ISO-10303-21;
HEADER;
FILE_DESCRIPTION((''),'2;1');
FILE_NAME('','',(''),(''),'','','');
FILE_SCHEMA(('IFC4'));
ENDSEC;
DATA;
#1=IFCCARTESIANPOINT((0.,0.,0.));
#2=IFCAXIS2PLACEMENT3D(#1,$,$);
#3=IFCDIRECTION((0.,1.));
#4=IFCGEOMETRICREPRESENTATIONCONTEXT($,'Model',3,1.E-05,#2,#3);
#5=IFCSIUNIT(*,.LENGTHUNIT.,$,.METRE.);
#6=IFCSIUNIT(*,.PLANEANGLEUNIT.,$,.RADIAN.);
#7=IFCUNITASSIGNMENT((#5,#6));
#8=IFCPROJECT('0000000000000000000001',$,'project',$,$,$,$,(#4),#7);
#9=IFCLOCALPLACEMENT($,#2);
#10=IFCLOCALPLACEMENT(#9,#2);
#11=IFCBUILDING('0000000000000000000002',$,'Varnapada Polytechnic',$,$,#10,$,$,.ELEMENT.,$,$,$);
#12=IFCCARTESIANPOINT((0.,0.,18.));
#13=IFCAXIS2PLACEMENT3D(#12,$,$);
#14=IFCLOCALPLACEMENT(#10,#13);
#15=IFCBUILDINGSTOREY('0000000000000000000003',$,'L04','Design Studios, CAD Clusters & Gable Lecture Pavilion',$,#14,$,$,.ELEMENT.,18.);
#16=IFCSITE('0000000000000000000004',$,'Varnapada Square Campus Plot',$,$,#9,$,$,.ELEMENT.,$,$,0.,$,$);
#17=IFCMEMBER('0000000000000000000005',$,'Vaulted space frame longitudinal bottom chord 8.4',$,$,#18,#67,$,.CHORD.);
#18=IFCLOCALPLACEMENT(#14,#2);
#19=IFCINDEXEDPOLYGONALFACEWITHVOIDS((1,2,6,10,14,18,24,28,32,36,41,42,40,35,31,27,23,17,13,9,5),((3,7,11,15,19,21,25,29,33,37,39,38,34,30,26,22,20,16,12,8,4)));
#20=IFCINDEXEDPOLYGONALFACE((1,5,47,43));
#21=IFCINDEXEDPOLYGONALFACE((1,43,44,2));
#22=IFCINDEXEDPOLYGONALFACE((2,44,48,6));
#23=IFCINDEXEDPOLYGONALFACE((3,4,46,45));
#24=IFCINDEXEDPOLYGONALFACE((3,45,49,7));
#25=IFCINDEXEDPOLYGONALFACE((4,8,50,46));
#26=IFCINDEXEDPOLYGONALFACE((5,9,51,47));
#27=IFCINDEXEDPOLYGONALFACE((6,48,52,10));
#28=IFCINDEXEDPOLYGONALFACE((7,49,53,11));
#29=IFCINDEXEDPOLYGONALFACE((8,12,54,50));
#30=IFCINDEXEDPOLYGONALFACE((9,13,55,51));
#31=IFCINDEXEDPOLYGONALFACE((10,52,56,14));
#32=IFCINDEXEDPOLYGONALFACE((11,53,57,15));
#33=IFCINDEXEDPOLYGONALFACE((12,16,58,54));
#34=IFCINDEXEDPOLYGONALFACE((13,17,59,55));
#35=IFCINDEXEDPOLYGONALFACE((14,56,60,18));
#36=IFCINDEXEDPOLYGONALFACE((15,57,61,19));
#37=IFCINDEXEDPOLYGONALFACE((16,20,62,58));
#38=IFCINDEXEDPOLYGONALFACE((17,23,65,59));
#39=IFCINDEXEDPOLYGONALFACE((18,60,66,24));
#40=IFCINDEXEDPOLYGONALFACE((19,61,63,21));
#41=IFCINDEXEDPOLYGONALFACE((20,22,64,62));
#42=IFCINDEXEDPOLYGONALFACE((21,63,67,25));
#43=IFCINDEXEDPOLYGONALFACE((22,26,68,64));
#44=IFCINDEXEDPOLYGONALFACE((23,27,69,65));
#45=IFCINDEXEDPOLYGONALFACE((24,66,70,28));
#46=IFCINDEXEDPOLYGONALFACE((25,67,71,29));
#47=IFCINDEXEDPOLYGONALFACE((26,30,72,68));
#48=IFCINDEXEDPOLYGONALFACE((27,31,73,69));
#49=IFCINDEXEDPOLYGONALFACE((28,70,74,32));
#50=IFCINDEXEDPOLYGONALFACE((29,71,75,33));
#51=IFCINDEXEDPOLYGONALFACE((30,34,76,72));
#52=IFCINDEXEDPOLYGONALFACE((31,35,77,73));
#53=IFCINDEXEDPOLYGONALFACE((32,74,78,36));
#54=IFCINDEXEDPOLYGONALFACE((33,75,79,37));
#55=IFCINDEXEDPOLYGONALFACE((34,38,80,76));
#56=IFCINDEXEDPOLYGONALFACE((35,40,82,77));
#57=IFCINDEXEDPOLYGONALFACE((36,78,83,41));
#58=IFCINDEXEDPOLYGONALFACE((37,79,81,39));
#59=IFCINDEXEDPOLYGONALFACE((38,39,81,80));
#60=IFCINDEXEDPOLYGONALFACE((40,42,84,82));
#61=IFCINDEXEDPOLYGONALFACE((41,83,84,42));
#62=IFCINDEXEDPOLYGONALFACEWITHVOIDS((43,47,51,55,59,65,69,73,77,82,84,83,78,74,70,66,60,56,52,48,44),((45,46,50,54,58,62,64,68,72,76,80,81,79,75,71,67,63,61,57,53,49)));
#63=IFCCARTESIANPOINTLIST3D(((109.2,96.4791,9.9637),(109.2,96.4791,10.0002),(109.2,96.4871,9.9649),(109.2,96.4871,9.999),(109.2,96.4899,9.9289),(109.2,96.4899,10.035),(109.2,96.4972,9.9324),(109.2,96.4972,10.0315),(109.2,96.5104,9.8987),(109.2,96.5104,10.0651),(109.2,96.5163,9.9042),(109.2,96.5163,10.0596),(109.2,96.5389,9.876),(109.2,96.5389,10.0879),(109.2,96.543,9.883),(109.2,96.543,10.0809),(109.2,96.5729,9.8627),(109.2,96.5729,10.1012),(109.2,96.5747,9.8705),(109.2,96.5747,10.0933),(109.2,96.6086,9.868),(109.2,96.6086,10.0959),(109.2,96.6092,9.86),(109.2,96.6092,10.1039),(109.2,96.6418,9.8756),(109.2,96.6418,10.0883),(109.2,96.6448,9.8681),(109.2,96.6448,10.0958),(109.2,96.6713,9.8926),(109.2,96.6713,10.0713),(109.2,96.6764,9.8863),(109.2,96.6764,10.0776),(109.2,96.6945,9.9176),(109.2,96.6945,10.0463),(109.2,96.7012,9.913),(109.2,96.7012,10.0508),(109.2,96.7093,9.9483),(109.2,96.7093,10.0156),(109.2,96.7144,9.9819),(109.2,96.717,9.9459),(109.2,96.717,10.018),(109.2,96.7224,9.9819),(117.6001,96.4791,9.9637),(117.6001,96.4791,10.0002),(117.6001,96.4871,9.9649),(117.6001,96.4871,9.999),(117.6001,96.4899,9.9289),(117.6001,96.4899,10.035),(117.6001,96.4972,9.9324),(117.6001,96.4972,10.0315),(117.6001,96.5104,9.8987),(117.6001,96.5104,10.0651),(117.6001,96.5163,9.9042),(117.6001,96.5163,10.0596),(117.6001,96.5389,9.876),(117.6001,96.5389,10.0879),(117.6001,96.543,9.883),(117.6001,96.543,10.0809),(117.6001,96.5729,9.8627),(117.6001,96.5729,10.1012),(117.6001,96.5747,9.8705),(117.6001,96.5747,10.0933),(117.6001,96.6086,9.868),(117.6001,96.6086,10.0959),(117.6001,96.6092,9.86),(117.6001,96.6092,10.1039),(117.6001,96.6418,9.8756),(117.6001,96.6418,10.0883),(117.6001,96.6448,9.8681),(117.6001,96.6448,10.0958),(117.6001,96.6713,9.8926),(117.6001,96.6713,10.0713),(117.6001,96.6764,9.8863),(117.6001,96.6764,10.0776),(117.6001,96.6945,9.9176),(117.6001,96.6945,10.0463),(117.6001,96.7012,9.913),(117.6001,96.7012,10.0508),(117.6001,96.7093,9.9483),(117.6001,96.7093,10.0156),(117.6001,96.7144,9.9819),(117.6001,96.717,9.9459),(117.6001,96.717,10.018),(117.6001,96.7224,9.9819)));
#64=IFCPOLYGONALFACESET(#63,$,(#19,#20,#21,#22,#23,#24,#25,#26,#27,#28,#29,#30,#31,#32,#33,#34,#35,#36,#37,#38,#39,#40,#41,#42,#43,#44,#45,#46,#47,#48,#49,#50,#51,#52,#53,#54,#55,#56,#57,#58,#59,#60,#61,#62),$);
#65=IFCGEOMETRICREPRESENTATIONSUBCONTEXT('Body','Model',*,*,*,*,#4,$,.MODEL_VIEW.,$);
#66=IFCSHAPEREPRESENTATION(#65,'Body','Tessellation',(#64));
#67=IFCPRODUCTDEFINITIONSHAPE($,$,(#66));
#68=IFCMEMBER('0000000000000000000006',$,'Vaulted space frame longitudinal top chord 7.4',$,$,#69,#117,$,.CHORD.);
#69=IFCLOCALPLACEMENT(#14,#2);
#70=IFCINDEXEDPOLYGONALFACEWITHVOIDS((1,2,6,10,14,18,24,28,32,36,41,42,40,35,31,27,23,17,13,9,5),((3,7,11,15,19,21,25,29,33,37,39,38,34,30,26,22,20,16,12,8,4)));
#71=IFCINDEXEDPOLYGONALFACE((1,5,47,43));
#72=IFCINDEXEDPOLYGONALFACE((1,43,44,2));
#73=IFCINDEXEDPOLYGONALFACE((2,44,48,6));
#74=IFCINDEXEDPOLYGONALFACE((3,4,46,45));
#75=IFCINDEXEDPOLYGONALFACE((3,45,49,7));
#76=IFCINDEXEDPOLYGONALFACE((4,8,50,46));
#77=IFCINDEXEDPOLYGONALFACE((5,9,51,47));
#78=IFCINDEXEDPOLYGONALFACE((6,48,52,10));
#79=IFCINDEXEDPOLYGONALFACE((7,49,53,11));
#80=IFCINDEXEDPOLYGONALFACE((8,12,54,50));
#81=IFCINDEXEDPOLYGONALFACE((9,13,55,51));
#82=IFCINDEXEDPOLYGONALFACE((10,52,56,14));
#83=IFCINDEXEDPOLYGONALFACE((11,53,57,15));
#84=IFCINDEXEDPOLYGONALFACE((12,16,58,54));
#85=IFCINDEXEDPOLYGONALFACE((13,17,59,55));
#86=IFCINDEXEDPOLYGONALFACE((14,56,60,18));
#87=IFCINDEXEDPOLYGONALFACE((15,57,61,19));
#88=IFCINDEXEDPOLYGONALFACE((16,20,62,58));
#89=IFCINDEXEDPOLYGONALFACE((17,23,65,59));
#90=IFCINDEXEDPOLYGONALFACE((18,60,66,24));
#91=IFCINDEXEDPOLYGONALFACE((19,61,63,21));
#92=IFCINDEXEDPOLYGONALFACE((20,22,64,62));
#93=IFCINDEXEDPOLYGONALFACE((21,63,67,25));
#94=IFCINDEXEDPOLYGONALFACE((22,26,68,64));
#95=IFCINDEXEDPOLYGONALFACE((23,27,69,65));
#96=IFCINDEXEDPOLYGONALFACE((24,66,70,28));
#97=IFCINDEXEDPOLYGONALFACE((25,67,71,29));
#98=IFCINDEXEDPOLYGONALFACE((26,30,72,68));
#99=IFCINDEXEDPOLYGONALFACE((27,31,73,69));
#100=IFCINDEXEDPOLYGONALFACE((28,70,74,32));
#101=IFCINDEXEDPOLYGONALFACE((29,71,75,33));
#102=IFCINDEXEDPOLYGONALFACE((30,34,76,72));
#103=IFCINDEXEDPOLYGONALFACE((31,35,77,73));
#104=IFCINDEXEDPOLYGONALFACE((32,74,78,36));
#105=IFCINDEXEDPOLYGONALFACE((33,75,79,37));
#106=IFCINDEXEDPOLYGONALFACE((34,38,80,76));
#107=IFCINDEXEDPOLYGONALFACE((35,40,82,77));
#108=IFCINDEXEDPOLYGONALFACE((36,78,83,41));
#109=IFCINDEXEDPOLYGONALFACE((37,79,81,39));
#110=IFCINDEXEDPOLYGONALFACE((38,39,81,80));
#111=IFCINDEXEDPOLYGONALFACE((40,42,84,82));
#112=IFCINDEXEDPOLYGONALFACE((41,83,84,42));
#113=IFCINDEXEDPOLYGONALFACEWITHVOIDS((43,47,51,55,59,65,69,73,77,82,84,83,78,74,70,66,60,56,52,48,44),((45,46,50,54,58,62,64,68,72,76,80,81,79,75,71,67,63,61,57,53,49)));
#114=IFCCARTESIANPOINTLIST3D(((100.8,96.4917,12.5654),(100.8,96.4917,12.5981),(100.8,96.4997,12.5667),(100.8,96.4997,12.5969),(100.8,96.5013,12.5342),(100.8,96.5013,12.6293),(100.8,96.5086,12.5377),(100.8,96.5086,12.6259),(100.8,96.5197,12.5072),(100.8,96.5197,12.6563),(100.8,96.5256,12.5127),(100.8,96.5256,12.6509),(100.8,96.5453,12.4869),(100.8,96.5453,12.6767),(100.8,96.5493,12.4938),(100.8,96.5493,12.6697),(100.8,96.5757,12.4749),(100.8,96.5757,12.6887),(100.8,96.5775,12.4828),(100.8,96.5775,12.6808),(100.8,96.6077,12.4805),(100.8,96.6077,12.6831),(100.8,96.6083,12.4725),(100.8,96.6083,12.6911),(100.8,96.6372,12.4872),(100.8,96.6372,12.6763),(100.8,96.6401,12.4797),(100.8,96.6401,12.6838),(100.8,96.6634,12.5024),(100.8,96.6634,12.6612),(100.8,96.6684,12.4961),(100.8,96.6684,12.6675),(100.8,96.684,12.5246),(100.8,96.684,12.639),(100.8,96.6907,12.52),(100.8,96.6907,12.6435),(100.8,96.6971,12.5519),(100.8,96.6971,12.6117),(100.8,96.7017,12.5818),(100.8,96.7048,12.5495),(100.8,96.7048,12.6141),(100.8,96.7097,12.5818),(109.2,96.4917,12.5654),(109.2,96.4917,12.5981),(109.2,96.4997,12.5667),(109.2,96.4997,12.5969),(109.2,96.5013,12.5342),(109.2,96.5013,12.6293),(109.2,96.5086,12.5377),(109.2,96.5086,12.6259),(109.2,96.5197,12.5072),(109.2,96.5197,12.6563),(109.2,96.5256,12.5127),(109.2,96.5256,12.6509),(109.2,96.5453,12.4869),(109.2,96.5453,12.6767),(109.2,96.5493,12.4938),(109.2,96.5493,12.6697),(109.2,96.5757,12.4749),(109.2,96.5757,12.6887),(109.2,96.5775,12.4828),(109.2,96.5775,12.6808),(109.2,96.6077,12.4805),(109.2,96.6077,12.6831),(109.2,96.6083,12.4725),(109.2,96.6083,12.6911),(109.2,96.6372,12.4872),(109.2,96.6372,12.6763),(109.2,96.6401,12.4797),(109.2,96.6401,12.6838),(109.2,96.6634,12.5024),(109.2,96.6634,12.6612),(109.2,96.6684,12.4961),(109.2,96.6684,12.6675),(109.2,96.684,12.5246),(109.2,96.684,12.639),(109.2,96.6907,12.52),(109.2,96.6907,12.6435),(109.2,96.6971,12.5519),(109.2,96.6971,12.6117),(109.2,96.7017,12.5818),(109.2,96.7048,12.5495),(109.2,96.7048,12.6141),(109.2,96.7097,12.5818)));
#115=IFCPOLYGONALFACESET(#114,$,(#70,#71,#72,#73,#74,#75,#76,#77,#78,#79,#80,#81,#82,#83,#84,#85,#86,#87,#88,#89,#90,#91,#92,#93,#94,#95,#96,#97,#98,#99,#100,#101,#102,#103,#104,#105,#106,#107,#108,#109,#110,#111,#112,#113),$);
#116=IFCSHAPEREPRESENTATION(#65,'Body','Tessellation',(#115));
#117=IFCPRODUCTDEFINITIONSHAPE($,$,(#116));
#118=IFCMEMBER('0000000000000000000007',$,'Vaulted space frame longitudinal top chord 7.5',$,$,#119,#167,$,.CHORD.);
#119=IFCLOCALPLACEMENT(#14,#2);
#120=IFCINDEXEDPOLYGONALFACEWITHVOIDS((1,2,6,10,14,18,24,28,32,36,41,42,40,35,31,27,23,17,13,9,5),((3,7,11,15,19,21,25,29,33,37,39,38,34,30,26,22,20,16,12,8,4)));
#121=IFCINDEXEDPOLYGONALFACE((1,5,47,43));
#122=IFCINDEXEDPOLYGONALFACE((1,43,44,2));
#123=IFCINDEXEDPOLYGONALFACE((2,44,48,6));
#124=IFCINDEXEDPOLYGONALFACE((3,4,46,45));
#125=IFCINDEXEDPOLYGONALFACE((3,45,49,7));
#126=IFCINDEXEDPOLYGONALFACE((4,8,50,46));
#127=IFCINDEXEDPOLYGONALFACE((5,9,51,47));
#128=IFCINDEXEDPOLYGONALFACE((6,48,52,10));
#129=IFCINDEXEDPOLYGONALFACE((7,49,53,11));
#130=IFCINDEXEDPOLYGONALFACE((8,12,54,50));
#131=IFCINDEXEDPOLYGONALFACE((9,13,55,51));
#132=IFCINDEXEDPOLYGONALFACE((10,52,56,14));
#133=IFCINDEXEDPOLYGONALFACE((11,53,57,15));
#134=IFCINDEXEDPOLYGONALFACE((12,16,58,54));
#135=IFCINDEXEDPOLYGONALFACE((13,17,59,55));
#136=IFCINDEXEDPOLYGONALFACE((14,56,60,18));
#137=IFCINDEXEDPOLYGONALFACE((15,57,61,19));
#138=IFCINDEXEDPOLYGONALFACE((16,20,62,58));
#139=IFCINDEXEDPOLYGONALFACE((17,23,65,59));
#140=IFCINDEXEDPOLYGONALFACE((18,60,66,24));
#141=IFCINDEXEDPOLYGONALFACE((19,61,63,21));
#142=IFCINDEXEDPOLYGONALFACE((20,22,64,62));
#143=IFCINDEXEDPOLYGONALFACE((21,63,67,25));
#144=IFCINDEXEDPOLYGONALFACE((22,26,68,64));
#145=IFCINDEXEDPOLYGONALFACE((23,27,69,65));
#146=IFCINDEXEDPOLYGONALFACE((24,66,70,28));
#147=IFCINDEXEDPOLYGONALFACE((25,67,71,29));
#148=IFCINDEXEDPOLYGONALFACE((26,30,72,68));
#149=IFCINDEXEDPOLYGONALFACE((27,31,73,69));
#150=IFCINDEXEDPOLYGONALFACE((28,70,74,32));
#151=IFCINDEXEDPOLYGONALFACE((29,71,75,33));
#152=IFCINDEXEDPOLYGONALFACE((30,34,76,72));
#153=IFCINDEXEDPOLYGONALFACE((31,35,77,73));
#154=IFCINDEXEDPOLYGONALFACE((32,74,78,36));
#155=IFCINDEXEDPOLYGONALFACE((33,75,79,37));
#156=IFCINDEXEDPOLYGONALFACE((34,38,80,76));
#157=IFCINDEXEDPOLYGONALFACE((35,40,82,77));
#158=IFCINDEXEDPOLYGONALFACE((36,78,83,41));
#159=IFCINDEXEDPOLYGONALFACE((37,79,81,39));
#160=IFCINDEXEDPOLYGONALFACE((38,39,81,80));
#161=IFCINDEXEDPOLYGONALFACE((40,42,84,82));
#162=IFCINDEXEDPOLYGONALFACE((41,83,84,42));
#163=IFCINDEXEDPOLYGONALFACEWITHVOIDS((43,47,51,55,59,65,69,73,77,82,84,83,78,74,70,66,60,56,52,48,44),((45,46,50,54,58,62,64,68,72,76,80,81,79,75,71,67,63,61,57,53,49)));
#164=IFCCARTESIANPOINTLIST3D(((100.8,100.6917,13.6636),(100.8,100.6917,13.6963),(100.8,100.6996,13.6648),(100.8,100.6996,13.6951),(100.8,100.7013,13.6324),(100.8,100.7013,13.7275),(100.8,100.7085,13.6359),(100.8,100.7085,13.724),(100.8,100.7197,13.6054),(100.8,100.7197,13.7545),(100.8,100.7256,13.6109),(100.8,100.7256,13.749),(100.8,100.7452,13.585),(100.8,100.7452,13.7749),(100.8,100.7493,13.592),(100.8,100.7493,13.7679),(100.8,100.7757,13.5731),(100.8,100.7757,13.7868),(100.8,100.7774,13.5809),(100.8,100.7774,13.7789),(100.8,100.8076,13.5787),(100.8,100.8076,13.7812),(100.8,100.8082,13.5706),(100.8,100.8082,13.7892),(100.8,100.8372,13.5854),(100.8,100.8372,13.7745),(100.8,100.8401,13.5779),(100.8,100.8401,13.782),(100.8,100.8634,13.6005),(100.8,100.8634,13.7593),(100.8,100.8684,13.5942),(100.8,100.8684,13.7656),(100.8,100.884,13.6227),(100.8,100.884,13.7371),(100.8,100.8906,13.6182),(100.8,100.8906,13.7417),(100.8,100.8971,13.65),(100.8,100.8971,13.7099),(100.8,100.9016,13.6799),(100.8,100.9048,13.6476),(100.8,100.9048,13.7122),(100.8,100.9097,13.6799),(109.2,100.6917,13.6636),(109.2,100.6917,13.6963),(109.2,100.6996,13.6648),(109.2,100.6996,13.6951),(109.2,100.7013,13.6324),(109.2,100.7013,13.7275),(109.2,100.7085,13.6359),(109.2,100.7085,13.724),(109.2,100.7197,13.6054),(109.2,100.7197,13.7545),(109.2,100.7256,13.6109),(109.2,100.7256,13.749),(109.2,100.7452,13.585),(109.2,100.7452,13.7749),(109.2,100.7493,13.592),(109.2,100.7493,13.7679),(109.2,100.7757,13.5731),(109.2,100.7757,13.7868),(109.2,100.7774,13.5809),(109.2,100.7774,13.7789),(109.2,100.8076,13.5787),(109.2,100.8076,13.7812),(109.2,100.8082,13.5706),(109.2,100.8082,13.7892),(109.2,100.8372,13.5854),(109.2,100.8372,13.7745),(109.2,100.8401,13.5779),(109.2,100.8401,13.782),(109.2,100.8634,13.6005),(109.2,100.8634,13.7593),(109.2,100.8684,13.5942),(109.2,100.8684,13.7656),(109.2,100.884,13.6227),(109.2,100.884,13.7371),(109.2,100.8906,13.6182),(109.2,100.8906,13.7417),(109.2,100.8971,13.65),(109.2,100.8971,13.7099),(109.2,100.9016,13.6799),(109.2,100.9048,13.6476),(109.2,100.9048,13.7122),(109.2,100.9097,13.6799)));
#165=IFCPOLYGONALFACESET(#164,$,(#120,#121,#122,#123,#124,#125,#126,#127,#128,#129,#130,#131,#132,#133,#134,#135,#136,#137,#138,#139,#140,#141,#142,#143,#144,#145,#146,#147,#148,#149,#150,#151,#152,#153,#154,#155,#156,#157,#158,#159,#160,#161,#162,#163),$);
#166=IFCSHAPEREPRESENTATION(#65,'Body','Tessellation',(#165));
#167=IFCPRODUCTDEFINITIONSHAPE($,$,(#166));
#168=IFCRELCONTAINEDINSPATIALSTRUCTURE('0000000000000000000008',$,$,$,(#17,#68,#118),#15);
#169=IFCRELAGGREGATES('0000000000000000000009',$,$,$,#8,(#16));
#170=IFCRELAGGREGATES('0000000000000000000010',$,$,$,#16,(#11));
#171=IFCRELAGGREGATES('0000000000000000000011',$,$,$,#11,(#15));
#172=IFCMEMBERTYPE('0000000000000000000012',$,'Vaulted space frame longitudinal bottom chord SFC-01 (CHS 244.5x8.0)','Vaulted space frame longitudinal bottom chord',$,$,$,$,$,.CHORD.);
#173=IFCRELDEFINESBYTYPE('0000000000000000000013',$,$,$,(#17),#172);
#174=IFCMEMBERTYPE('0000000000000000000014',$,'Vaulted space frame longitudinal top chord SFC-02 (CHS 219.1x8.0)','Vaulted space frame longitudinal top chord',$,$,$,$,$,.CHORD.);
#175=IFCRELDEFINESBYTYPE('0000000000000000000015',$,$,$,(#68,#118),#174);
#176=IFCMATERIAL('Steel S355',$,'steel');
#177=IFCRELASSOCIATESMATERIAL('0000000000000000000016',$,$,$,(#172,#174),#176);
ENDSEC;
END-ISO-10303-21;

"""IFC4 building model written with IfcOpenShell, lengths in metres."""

from ifc_helpers import new_model, si_unit, direction, frame, origin, origin_2d, place, context, subcontext, project, spatial, hollow_circle, extrude, material, material_profile, profile_set, type_object, element, save


model = new_model("IFC4")

# Units and contexts
model_context = context("Model", 3, precision=1e-05, world=origin(), true_north=direction((0.0, 1.0)))
body_context = subcontext(model_context, "Body", "Model", "MODEL_VIEW")
ifc_project = project(units=[si_unit("LENGTHUNIT", "METRE"), si_unit("PLANEANGLEUNIT", "RADIAN")], contexts=[model_context])

# Site, building, storey
site_placement = place(None, origin())
site = spatial("IfcSite", under=ifc_project, at=site_placement, Name="Varnapada Square Campus Plot", CompositionType="ELEMENT", RefElevation=0.0)
building_placement = place(site_placement, origin())
building = spatial("IfcBuilding", under=site, at=building_placement, Name="Varnapada Polytechnic", CompositionType="ELEMENT")
storey_placement = place(building_placement, frame((0.0, 0.0, 18.0)))
storey = spatial("IfcBuildingStorey", under=building, at=storey_placement, Name="L04", Description="Design Studios, CAD Clusters & Gable Lecture Pavilion", CompositionType="ELEMENT", Elevation=18.0)

# Members
ifc_material = material(Name="Steel S355", Category="steel")
ifc_material_profile_1 = material_profile(ifc_material, hollow_circle(Radius=0.1223, WallThickness=0.0081, at=origin_2d()), Name="CHS 244.5x8.0")
ifc_profile_set_1 = profile_set([ifc_material_profile_1], Name="Steel S355")
member_type_1 = type_object("IfcMemberType", Name="Vaulted space frame longitudinal bottom chord SFC-01 (CHS 244.5x8.0)", Description="Vaulted space frame longitudinal bottom chord", PredefinedType="CHORD", material=ifc_profile_set_1)
member_1_placement = place(storey_placement, frame((109.2, 96.6001, 9.9819), z_axis=(1.0, 0.0, 0.0), x_axis=(0.0, 1.0, 0.0)))
element("IfcMember", 1, at=member_1_placement, inside=storey, type_object=member_type_1, Name="Vaulted space frame longitudinal bottom chord 8.4", PredefinedType="CHORD", context=body_context, shape_type="SweptSolid", body=[
    extrude(hollow_circle(Radius=0.1223, WallThickness=0.0081, at=origin_2d()), origin(), (0.0, 0.0, 1.0), 8.4001),
])
ifc_material_profile_2 = material_profile(ifc_material, hollow_circle(Radius=0.1096, WallThickness=0.0081, at=origin_2d()), Name="CHS 219.1x8.0")
ifc_profile_set_2 = profile_set([ifc_material_profile_2], Name="Steel S355")
member_type_2 = type_object("IfcMemberType", Name="Vaulted space frame longitudinal top chord SFC-02 (CHS 219.1x8.0)", Description="Vaulted space frame longitudinal top chord", PredefinedType="CHORD", material=ifc_profile_set_2)
for number, where, z_axis, x_axis, name in (
    (2, (100.8, 96.6001, 12.5818), (1.0, 0.0, 0.0), (0.0, 1.0, 0.0), "Vaulted space frame longitudinal top chord 7.4"),
    (3, (100.8, 100.8, 13.6799), (1.0, 0.0, 0.0), (0.0, 1.0, 0.0), "Vaulted space frame longitudinal top chord 7.5"),
):
    element("IfcMember", number, at=place(storey_placement, frame(where, z_axis=z_axis, x_axis=x_axis)), inside=storey, type_object=member_type_2, Name=name, PredefinedType="CHORD", context=body_context, shape_type="SweptSolid", body=[
        extrude(hollow_circle(Radius=0.1096, WallThickness=0.0081, at=origin_2d()), origin(), (0.0, 0.0, 1.0), 8.3999),
    ])

save(model, "model.ifc")
